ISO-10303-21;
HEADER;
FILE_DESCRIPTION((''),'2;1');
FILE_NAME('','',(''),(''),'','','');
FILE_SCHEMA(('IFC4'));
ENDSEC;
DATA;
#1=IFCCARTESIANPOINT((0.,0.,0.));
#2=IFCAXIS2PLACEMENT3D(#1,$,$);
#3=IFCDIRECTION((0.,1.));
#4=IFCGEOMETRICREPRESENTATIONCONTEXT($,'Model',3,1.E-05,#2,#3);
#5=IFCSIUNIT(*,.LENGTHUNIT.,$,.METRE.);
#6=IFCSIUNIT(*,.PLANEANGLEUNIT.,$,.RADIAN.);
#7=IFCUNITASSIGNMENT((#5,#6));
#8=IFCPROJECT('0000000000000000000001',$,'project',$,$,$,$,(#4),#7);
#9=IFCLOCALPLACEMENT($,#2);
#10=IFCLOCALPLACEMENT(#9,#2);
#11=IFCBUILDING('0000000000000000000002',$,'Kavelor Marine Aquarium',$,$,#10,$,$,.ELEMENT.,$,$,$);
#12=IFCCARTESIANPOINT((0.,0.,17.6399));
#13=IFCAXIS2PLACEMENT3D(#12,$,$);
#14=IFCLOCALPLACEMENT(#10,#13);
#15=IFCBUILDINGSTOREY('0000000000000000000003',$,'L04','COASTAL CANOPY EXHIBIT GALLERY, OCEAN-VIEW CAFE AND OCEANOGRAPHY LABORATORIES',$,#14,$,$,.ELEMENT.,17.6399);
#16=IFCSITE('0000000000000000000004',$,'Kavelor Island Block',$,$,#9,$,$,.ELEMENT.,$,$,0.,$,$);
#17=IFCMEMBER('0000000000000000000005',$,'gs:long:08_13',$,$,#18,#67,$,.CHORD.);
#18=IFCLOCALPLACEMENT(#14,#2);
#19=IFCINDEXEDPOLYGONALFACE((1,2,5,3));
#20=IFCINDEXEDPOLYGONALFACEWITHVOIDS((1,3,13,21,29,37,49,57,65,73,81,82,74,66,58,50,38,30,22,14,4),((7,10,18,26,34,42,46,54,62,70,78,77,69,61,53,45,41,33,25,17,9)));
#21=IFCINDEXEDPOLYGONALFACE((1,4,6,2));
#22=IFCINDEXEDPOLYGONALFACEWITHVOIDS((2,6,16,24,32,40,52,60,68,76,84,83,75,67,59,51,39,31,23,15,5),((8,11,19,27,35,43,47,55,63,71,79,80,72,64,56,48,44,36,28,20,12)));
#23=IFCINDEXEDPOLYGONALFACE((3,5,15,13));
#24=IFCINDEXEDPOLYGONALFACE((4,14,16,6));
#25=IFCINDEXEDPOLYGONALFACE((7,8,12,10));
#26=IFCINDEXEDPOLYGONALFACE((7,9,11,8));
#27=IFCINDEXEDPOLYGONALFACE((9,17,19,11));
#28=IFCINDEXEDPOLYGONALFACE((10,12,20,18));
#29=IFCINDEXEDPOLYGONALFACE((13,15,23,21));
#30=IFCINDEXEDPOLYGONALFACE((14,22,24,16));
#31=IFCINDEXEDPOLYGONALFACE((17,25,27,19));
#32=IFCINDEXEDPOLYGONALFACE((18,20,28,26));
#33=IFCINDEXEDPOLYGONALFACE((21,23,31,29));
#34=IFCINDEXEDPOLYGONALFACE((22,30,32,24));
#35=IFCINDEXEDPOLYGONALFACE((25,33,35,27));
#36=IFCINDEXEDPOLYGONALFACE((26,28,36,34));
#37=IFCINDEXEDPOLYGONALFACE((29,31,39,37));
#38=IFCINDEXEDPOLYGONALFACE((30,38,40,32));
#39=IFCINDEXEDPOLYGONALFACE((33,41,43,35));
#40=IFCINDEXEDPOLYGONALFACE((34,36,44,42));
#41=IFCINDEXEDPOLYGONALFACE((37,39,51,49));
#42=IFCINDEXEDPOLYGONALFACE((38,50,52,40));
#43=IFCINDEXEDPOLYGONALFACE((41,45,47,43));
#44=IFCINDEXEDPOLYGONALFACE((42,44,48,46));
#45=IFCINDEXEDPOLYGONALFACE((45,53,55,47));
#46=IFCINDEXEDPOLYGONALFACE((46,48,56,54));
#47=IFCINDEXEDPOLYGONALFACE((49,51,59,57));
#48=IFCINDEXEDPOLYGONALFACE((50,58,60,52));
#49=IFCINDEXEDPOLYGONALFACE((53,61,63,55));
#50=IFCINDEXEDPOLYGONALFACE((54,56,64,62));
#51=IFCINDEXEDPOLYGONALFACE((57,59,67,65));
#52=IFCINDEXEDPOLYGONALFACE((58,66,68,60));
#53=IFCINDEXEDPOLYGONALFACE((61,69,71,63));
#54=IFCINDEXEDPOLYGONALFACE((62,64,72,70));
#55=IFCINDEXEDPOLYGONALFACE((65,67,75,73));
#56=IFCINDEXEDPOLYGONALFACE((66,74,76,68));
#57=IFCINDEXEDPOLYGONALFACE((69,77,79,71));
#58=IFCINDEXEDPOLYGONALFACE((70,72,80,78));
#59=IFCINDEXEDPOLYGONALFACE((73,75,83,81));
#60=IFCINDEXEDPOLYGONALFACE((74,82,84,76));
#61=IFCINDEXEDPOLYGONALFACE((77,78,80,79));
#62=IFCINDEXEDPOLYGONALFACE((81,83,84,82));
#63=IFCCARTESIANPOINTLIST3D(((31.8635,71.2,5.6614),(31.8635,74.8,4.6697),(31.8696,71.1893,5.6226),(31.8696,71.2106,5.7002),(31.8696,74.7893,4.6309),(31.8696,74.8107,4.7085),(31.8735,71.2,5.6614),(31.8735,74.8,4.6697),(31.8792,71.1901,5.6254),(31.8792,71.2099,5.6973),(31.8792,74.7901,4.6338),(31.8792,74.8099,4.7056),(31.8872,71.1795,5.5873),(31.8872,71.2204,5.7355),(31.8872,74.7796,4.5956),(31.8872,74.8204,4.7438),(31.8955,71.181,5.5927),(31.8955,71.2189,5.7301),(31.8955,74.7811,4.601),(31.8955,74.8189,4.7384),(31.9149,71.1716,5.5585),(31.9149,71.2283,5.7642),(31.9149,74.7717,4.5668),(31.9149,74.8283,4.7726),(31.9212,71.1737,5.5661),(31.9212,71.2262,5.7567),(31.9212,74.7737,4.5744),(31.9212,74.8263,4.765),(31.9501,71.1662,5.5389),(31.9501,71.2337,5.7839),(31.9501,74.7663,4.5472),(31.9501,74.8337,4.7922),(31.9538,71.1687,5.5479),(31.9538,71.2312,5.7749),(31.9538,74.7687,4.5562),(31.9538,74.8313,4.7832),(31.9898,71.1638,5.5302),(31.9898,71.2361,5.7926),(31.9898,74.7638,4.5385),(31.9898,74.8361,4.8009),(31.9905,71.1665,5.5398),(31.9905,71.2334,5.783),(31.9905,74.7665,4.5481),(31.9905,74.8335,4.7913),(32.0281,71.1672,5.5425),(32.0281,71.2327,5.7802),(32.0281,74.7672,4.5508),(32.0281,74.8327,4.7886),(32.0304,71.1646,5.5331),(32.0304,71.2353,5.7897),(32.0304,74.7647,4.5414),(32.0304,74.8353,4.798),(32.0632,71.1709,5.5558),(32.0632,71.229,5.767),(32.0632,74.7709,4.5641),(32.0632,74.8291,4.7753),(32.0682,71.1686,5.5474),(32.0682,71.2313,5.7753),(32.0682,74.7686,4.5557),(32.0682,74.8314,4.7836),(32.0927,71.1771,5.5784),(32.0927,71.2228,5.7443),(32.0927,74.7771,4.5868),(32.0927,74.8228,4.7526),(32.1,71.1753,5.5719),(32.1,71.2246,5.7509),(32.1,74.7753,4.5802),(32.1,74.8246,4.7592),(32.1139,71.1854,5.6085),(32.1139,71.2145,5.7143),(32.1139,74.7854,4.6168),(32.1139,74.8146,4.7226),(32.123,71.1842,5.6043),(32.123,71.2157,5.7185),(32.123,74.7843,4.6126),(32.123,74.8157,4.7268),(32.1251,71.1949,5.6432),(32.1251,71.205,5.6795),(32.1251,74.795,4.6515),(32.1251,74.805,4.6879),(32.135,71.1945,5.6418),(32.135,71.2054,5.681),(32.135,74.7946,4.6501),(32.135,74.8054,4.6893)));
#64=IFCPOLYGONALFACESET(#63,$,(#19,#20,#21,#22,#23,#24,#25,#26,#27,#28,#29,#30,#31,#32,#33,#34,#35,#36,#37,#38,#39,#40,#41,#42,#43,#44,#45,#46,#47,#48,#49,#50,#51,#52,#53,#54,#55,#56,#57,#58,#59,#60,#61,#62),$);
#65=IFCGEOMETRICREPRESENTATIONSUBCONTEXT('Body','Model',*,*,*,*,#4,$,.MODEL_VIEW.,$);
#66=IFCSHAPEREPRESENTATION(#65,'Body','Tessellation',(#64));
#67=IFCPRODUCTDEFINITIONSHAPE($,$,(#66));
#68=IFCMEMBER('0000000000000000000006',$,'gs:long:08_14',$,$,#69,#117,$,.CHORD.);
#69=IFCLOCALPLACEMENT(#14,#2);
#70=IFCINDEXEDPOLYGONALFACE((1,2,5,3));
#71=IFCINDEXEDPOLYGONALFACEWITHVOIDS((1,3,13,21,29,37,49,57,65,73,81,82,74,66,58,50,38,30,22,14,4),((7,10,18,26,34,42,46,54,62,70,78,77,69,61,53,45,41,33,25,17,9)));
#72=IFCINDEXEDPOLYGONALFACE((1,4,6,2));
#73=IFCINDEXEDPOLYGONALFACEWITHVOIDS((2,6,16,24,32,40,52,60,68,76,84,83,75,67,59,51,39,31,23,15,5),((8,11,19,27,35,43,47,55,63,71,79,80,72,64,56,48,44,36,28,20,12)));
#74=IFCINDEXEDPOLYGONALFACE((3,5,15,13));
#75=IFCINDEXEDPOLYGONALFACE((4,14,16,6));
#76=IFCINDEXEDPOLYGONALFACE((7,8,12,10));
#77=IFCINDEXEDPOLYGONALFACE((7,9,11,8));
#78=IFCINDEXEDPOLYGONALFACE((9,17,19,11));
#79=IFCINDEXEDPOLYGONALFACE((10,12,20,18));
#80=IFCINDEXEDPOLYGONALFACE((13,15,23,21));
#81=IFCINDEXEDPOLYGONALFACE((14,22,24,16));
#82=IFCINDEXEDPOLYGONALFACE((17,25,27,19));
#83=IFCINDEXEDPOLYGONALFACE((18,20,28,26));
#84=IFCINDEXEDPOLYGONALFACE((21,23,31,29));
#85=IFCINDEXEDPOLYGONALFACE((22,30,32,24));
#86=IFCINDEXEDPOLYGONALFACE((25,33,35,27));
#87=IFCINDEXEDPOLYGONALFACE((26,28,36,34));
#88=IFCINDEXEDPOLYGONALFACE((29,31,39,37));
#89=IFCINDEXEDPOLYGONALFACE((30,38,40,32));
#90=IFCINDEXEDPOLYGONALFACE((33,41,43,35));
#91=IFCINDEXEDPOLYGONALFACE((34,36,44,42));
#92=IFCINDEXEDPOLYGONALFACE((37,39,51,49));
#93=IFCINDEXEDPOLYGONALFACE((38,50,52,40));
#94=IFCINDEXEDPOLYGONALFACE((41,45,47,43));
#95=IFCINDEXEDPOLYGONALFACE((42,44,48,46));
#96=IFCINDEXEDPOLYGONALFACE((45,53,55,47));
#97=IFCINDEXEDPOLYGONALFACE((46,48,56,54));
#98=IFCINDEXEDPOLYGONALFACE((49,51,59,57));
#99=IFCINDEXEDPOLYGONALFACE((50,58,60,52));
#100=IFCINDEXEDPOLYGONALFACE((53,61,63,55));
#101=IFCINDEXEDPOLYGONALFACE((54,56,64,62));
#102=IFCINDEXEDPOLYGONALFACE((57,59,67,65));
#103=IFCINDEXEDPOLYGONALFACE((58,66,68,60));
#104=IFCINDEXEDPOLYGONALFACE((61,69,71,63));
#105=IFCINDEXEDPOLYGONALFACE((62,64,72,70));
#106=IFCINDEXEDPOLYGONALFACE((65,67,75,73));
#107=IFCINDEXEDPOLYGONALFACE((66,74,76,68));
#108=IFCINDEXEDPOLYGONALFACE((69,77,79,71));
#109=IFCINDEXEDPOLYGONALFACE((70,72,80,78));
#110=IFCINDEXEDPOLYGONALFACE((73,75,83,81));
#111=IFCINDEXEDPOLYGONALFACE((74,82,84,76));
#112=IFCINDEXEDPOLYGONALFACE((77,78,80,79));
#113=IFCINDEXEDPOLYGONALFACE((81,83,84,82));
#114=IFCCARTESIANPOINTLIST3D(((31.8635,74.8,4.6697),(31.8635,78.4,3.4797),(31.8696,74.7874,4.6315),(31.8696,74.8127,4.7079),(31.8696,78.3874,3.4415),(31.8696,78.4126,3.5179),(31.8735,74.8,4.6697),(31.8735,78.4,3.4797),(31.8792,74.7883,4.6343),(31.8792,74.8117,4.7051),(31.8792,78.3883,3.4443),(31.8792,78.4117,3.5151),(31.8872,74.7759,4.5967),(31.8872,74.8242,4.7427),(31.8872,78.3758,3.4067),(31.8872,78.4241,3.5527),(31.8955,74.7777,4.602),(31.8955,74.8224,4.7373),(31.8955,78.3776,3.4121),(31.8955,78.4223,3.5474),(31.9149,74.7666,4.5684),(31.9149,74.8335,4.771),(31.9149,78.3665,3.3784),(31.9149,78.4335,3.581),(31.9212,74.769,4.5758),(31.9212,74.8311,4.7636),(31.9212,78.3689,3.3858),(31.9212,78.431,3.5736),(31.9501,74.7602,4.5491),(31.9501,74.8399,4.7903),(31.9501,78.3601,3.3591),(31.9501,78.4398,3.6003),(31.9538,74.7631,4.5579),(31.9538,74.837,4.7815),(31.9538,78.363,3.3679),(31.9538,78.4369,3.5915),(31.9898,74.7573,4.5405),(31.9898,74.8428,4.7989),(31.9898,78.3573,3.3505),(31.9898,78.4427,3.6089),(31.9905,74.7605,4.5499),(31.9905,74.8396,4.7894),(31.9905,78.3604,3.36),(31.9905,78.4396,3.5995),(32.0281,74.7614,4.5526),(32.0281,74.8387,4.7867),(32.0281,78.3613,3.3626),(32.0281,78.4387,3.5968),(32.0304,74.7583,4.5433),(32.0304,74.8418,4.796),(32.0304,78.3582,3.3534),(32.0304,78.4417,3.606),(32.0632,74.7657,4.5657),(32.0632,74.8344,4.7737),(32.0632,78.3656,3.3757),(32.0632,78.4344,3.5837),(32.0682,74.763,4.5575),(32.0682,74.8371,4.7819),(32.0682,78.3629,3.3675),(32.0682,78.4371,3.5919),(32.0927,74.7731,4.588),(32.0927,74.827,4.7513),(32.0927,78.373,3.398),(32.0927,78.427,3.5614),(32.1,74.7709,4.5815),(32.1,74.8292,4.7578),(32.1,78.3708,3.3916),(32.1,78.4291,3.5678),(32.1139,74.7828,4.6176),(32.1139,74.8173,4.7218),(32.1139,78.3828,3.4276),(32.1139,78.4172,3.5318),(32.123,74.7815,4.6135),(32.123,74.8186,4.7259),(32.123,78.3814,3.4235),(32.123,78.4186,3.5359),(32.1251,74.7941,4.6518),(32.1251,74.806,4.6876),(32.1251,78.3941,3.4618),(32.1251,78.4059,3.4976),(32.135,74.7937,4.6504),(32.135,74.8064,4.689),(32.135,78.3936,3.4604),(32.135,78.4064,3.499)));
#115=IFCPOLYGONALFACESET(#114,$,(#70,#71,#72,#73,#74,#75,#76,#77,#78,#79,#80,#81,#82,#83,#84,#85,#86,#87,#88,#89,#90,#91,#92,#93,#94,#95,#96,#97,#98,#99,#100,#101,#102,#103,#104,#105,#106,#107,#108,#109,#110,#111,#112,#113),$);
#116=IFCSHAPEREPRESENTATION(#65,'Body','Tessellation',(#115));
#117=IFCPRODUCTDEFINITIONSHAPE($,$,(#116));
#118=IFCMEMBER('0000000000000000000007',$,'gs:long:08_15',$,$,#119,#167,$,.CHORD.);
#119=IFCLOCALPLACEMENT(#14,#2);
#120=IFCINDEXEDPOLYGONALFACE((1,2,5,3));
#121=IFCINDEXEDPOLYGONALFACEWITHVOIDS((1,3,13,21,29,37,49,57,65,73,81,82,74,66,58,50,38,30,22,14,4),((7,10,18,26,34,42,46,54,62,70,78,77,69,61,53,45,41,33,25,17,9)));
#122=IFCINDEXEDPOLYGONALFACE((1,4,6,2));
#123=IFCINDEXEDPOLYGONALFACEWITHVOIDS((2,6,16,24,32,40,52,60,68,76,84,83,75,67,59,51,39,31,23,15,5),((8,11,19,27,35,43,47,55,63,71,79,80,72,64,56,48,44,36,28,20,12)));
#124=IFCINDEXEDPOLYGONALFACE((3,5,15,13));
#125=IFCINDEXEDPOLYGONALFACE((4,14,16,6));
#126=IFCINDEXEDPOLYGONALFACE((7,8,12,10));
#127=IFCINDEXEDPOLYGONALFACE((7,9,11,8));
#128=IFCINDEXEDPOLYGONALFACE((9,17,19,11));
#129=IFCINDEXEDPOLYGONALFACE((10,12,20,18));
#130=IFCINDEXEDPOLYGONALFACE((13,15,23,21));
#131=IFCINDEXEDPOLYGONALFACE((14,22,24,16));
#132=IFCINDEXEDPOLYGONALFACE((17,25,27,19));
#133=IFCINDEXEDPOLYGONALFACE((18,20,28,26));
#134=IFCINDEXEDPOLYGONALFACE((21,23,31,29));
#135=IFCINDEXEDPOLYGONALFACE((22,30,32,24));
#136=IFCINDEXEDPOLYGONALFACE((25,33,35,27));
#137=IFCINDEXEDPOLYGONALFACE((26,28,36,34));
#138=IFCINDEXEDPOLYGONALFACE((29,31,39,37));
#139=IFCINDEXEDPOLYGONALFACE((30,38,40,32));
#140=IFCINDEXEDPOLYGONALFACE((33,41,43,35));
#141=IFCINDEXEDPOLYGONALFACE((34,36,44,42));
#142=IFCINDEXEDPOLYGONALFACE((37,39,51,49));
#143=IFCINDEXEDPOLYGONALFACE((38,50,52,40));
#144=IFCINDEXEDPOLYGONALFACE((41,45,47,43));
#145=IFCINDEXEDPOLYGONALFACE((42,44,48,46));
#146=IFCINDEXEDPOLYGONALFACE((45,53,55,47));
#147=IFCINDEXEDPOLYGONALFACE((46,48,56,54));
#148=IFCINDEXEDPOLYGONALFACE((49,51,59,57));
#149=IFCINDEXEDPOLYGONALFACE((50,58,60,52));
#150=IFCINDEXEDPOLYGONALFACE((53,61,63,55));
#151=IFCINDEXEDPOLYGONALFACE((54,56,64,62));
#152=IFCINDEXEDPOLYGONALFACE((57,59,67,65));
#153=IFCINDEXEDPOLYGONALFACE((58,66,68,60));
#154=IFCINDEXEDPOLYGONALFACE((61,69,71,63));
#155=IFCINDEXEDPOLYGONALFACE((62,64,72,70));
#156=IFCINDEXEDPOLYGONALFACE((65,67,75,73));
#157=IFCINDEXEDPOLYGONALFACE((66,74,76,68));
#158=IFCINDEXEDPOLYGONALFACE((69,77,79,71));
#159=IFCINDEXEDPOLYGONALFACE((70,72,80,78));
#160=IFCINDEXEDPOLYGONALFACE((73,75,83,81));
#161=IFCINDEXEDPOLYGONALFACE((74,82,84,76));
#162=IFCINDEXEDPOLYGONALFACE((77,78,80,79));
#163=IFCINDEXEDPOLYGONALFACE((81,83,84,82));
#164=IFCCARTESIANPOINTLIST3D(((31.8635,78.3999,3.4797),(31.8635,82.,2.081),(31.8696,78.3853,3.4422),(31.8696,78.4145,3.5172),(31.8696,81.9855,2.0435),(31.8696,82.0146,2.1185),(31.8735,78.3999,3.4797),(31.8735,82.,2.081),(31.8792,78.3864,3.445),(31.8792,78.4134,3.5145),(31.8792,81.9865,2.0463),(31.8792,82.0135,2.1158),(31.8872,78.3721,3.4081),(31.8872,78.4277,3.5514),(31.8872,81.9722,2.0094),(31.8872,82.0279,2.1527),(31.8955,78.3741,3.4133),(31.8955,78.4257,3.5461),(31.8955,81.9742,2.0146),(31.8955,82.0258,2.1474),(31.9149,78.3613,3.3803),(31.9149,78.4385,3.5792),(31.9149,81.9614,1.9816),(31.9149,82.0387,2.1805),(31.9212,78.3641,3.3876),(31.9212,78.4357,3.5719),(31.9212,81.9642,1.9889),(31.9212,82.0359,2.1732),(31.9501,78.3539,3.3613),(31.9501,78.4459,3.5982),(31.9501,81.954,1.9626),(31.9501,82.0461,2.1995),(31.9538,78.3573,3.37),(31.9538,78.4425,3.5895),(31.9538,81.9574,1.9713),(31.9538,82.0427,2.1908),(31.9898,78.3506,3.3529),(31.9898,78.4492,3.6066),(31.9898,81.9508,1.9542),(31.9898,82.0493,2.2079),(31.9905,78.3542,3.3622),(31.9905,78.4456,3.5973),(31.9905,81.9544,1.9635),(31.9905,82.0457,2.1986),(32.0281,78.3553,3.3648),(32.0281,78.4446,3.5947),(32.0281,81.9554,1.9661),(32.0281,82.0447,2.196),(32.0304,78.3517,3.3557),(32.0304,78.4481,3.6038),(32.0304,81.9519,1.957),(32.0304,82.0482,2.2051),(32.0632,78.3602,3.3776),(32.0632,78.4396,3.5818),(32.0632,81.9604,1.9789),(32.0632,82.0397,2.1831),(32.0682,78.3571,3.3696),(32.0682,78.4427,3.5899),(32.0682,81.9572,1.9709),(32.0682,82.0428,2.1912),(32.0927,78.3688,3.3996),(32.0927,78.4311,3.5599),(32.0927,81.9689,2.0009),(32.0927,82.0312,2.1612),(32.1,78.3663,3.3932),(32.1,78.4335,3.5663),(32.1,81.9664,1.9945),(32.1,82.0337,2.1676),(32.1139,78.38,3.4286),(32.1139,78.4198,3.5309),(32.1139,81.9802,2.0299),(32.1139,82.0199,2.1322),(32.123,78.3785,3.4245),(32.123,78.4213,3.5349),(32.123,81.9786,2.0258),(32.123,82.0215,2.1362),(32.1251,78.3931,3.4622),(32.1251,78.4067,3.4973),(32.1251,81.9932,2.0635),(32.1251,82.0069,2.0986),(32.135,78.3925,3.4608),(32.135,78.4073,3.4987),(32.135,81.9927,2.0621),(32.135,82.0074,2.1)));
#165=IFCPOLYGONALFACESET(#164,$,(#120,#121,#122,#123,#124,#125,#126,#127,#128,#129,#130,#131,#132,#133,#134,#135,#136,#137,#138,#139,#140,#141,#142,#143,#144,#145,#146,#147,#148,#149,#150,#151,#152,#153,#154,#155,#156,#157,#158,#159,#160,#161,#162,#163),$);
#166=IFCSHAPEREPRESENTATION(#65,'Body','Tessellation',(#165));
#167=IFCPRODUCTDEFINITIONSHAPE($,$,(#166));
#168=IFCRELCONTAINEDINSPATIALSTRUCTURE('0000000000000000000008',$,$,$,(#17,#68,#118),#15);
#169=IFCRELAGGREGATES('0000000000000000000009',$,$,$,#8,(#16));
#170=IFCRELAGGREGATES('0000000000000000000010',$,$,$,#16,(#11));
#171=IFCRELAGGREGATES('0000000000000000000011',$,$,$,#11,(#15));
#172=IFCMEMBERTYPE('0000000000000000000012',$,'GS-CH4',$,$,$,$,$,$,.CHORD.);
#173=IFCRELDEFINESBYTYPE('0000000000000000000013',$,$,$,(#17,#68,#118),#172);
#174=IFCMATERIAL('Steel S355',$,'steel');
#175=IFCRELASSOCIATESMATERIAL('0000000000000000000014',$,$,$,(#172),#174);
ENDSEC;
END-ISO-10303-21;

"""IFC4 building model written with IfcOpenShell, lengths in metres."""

from ifc_helpers import new_model, si_unit, direction, frame, origin, origin_2d, place, context, subcontext, project, spatial, hollow_circle, extrude, material, material_profile, profile_set, type_object, element, save


model = new_model("IFC4")

# Units and contexts
model_context = context("Model", 3, precision=1e-05, world=origin(), true_north=direction((0.0, 1.0)))
body_context = subcontext(model_context, "Body", "Model", "MODEL_VIEW")
ifc_project = project(units=[si_unit("LENGTHUNIT", "METRE"), si_unit("PLANEANGLEUNIT", "RADIAN")], contexts=[model_context])

# Site, building, storey
site_placement = place(None, origin())
site = spatial("IfcSite", under=ifc_project, at=site_placement, Name="Kavelor Island Block", CompositionType="ELEMENT", RefElevation=0.0)
building_placement = place(site_placement, origin())
building = spatial("IfcBuilding", under=site, at=building_placement, Name="Kavelor Marine Aquarium", CompositionType="ELEMENT")
storey_placement = place(building_placement, frame((0.0, 0.0, 17.6399)))
storey = spatial("IfcBuildingStorey", under=building, at=storey_placement, Name="L04", Description="COASTAL CANOPY EXHIBIT GALLERY, OCEAN-VIEW CAFE AND OCEANOGRAPHY LABORATORIES", CompositionType="ELEMENT", Elevation=17.6399)

# Members
ifc_material_1 = material(Name="Steel S355", Category="steel")
ifc_material_profile_1 = material_profile(ifc_material_1, hollow_circle(Radius=0.1365, WallThickness=0.01, at=origin_2d()), Name="CHS 273.0x10.0")
ifc_profile_set_1 = profile_set([ifc_material_profile_1], Name="Steel S355")
member_type_1 = type_object("IfcMemberType", Name="GS-CH4", PredefinedType="CHORD", material=ifc_profile_set_1)
member_1_placement = place(storey_placement, frame((32.0, 71.2, 5.6614), z_axis=(0.0, 0.964091, -0.265573), x_axis=(-1.0, 0.0, 0.0)))
element("IfcMember", 1, at=member_1_placement, inside=storey, type_object=member_type_1, Name="gs:long:08_13", PredefinedType="CHORD", context=body_context, shape_type="SweptSolid", body=[
    extrude(hollow_circle(Radius=0.1365, WallThickness=0.01, at=origin_2d()), origin(), (0.0, 0.0, 1.0), 3.7341),
])
member_2_placement = place(storey_placement, frame((32.0, 74.8, 4.6697), z_axis=(0.0, 0.949472, -0.313851), x_axis=(-1.0, 0.0, 0.0)))
element("IfcMember", 2, at=member_2_placement, inside=storey, type_object=member_type_1, Name="gs:long:08_14", PredefinedType="CHORD", context=body_context, shape_type="SweptSolid", body=[
    extrude(hollow_circle(Radius=0.1365, WallThickness=0.01, at=origin_2d()), origin(), (0.0, 0.0, 1.0), 3.7915),
])
member_3_placement = place(storey_placement, frame((32.0, 78.3999, 3.4797), z_axis=(0.0, 0.932123, -0.362141), x_axis=(-1.0, 0.0, 0.0)))
element("IfcMember", 3, at=member_3_placement, inside=storey, type_object=member_type_1, Name="gs:long:08_15", PredefinedType="CHORD", context=body_context, shape_type="SweptSolid", body=[
    extrude(hollow_circle(Radius=0.1365, WallThickness=0.01, at=origin_2d()), origin(), (0.0, 0.0, 1.0), 3.8623),
])

save(model, "model.ifc")
